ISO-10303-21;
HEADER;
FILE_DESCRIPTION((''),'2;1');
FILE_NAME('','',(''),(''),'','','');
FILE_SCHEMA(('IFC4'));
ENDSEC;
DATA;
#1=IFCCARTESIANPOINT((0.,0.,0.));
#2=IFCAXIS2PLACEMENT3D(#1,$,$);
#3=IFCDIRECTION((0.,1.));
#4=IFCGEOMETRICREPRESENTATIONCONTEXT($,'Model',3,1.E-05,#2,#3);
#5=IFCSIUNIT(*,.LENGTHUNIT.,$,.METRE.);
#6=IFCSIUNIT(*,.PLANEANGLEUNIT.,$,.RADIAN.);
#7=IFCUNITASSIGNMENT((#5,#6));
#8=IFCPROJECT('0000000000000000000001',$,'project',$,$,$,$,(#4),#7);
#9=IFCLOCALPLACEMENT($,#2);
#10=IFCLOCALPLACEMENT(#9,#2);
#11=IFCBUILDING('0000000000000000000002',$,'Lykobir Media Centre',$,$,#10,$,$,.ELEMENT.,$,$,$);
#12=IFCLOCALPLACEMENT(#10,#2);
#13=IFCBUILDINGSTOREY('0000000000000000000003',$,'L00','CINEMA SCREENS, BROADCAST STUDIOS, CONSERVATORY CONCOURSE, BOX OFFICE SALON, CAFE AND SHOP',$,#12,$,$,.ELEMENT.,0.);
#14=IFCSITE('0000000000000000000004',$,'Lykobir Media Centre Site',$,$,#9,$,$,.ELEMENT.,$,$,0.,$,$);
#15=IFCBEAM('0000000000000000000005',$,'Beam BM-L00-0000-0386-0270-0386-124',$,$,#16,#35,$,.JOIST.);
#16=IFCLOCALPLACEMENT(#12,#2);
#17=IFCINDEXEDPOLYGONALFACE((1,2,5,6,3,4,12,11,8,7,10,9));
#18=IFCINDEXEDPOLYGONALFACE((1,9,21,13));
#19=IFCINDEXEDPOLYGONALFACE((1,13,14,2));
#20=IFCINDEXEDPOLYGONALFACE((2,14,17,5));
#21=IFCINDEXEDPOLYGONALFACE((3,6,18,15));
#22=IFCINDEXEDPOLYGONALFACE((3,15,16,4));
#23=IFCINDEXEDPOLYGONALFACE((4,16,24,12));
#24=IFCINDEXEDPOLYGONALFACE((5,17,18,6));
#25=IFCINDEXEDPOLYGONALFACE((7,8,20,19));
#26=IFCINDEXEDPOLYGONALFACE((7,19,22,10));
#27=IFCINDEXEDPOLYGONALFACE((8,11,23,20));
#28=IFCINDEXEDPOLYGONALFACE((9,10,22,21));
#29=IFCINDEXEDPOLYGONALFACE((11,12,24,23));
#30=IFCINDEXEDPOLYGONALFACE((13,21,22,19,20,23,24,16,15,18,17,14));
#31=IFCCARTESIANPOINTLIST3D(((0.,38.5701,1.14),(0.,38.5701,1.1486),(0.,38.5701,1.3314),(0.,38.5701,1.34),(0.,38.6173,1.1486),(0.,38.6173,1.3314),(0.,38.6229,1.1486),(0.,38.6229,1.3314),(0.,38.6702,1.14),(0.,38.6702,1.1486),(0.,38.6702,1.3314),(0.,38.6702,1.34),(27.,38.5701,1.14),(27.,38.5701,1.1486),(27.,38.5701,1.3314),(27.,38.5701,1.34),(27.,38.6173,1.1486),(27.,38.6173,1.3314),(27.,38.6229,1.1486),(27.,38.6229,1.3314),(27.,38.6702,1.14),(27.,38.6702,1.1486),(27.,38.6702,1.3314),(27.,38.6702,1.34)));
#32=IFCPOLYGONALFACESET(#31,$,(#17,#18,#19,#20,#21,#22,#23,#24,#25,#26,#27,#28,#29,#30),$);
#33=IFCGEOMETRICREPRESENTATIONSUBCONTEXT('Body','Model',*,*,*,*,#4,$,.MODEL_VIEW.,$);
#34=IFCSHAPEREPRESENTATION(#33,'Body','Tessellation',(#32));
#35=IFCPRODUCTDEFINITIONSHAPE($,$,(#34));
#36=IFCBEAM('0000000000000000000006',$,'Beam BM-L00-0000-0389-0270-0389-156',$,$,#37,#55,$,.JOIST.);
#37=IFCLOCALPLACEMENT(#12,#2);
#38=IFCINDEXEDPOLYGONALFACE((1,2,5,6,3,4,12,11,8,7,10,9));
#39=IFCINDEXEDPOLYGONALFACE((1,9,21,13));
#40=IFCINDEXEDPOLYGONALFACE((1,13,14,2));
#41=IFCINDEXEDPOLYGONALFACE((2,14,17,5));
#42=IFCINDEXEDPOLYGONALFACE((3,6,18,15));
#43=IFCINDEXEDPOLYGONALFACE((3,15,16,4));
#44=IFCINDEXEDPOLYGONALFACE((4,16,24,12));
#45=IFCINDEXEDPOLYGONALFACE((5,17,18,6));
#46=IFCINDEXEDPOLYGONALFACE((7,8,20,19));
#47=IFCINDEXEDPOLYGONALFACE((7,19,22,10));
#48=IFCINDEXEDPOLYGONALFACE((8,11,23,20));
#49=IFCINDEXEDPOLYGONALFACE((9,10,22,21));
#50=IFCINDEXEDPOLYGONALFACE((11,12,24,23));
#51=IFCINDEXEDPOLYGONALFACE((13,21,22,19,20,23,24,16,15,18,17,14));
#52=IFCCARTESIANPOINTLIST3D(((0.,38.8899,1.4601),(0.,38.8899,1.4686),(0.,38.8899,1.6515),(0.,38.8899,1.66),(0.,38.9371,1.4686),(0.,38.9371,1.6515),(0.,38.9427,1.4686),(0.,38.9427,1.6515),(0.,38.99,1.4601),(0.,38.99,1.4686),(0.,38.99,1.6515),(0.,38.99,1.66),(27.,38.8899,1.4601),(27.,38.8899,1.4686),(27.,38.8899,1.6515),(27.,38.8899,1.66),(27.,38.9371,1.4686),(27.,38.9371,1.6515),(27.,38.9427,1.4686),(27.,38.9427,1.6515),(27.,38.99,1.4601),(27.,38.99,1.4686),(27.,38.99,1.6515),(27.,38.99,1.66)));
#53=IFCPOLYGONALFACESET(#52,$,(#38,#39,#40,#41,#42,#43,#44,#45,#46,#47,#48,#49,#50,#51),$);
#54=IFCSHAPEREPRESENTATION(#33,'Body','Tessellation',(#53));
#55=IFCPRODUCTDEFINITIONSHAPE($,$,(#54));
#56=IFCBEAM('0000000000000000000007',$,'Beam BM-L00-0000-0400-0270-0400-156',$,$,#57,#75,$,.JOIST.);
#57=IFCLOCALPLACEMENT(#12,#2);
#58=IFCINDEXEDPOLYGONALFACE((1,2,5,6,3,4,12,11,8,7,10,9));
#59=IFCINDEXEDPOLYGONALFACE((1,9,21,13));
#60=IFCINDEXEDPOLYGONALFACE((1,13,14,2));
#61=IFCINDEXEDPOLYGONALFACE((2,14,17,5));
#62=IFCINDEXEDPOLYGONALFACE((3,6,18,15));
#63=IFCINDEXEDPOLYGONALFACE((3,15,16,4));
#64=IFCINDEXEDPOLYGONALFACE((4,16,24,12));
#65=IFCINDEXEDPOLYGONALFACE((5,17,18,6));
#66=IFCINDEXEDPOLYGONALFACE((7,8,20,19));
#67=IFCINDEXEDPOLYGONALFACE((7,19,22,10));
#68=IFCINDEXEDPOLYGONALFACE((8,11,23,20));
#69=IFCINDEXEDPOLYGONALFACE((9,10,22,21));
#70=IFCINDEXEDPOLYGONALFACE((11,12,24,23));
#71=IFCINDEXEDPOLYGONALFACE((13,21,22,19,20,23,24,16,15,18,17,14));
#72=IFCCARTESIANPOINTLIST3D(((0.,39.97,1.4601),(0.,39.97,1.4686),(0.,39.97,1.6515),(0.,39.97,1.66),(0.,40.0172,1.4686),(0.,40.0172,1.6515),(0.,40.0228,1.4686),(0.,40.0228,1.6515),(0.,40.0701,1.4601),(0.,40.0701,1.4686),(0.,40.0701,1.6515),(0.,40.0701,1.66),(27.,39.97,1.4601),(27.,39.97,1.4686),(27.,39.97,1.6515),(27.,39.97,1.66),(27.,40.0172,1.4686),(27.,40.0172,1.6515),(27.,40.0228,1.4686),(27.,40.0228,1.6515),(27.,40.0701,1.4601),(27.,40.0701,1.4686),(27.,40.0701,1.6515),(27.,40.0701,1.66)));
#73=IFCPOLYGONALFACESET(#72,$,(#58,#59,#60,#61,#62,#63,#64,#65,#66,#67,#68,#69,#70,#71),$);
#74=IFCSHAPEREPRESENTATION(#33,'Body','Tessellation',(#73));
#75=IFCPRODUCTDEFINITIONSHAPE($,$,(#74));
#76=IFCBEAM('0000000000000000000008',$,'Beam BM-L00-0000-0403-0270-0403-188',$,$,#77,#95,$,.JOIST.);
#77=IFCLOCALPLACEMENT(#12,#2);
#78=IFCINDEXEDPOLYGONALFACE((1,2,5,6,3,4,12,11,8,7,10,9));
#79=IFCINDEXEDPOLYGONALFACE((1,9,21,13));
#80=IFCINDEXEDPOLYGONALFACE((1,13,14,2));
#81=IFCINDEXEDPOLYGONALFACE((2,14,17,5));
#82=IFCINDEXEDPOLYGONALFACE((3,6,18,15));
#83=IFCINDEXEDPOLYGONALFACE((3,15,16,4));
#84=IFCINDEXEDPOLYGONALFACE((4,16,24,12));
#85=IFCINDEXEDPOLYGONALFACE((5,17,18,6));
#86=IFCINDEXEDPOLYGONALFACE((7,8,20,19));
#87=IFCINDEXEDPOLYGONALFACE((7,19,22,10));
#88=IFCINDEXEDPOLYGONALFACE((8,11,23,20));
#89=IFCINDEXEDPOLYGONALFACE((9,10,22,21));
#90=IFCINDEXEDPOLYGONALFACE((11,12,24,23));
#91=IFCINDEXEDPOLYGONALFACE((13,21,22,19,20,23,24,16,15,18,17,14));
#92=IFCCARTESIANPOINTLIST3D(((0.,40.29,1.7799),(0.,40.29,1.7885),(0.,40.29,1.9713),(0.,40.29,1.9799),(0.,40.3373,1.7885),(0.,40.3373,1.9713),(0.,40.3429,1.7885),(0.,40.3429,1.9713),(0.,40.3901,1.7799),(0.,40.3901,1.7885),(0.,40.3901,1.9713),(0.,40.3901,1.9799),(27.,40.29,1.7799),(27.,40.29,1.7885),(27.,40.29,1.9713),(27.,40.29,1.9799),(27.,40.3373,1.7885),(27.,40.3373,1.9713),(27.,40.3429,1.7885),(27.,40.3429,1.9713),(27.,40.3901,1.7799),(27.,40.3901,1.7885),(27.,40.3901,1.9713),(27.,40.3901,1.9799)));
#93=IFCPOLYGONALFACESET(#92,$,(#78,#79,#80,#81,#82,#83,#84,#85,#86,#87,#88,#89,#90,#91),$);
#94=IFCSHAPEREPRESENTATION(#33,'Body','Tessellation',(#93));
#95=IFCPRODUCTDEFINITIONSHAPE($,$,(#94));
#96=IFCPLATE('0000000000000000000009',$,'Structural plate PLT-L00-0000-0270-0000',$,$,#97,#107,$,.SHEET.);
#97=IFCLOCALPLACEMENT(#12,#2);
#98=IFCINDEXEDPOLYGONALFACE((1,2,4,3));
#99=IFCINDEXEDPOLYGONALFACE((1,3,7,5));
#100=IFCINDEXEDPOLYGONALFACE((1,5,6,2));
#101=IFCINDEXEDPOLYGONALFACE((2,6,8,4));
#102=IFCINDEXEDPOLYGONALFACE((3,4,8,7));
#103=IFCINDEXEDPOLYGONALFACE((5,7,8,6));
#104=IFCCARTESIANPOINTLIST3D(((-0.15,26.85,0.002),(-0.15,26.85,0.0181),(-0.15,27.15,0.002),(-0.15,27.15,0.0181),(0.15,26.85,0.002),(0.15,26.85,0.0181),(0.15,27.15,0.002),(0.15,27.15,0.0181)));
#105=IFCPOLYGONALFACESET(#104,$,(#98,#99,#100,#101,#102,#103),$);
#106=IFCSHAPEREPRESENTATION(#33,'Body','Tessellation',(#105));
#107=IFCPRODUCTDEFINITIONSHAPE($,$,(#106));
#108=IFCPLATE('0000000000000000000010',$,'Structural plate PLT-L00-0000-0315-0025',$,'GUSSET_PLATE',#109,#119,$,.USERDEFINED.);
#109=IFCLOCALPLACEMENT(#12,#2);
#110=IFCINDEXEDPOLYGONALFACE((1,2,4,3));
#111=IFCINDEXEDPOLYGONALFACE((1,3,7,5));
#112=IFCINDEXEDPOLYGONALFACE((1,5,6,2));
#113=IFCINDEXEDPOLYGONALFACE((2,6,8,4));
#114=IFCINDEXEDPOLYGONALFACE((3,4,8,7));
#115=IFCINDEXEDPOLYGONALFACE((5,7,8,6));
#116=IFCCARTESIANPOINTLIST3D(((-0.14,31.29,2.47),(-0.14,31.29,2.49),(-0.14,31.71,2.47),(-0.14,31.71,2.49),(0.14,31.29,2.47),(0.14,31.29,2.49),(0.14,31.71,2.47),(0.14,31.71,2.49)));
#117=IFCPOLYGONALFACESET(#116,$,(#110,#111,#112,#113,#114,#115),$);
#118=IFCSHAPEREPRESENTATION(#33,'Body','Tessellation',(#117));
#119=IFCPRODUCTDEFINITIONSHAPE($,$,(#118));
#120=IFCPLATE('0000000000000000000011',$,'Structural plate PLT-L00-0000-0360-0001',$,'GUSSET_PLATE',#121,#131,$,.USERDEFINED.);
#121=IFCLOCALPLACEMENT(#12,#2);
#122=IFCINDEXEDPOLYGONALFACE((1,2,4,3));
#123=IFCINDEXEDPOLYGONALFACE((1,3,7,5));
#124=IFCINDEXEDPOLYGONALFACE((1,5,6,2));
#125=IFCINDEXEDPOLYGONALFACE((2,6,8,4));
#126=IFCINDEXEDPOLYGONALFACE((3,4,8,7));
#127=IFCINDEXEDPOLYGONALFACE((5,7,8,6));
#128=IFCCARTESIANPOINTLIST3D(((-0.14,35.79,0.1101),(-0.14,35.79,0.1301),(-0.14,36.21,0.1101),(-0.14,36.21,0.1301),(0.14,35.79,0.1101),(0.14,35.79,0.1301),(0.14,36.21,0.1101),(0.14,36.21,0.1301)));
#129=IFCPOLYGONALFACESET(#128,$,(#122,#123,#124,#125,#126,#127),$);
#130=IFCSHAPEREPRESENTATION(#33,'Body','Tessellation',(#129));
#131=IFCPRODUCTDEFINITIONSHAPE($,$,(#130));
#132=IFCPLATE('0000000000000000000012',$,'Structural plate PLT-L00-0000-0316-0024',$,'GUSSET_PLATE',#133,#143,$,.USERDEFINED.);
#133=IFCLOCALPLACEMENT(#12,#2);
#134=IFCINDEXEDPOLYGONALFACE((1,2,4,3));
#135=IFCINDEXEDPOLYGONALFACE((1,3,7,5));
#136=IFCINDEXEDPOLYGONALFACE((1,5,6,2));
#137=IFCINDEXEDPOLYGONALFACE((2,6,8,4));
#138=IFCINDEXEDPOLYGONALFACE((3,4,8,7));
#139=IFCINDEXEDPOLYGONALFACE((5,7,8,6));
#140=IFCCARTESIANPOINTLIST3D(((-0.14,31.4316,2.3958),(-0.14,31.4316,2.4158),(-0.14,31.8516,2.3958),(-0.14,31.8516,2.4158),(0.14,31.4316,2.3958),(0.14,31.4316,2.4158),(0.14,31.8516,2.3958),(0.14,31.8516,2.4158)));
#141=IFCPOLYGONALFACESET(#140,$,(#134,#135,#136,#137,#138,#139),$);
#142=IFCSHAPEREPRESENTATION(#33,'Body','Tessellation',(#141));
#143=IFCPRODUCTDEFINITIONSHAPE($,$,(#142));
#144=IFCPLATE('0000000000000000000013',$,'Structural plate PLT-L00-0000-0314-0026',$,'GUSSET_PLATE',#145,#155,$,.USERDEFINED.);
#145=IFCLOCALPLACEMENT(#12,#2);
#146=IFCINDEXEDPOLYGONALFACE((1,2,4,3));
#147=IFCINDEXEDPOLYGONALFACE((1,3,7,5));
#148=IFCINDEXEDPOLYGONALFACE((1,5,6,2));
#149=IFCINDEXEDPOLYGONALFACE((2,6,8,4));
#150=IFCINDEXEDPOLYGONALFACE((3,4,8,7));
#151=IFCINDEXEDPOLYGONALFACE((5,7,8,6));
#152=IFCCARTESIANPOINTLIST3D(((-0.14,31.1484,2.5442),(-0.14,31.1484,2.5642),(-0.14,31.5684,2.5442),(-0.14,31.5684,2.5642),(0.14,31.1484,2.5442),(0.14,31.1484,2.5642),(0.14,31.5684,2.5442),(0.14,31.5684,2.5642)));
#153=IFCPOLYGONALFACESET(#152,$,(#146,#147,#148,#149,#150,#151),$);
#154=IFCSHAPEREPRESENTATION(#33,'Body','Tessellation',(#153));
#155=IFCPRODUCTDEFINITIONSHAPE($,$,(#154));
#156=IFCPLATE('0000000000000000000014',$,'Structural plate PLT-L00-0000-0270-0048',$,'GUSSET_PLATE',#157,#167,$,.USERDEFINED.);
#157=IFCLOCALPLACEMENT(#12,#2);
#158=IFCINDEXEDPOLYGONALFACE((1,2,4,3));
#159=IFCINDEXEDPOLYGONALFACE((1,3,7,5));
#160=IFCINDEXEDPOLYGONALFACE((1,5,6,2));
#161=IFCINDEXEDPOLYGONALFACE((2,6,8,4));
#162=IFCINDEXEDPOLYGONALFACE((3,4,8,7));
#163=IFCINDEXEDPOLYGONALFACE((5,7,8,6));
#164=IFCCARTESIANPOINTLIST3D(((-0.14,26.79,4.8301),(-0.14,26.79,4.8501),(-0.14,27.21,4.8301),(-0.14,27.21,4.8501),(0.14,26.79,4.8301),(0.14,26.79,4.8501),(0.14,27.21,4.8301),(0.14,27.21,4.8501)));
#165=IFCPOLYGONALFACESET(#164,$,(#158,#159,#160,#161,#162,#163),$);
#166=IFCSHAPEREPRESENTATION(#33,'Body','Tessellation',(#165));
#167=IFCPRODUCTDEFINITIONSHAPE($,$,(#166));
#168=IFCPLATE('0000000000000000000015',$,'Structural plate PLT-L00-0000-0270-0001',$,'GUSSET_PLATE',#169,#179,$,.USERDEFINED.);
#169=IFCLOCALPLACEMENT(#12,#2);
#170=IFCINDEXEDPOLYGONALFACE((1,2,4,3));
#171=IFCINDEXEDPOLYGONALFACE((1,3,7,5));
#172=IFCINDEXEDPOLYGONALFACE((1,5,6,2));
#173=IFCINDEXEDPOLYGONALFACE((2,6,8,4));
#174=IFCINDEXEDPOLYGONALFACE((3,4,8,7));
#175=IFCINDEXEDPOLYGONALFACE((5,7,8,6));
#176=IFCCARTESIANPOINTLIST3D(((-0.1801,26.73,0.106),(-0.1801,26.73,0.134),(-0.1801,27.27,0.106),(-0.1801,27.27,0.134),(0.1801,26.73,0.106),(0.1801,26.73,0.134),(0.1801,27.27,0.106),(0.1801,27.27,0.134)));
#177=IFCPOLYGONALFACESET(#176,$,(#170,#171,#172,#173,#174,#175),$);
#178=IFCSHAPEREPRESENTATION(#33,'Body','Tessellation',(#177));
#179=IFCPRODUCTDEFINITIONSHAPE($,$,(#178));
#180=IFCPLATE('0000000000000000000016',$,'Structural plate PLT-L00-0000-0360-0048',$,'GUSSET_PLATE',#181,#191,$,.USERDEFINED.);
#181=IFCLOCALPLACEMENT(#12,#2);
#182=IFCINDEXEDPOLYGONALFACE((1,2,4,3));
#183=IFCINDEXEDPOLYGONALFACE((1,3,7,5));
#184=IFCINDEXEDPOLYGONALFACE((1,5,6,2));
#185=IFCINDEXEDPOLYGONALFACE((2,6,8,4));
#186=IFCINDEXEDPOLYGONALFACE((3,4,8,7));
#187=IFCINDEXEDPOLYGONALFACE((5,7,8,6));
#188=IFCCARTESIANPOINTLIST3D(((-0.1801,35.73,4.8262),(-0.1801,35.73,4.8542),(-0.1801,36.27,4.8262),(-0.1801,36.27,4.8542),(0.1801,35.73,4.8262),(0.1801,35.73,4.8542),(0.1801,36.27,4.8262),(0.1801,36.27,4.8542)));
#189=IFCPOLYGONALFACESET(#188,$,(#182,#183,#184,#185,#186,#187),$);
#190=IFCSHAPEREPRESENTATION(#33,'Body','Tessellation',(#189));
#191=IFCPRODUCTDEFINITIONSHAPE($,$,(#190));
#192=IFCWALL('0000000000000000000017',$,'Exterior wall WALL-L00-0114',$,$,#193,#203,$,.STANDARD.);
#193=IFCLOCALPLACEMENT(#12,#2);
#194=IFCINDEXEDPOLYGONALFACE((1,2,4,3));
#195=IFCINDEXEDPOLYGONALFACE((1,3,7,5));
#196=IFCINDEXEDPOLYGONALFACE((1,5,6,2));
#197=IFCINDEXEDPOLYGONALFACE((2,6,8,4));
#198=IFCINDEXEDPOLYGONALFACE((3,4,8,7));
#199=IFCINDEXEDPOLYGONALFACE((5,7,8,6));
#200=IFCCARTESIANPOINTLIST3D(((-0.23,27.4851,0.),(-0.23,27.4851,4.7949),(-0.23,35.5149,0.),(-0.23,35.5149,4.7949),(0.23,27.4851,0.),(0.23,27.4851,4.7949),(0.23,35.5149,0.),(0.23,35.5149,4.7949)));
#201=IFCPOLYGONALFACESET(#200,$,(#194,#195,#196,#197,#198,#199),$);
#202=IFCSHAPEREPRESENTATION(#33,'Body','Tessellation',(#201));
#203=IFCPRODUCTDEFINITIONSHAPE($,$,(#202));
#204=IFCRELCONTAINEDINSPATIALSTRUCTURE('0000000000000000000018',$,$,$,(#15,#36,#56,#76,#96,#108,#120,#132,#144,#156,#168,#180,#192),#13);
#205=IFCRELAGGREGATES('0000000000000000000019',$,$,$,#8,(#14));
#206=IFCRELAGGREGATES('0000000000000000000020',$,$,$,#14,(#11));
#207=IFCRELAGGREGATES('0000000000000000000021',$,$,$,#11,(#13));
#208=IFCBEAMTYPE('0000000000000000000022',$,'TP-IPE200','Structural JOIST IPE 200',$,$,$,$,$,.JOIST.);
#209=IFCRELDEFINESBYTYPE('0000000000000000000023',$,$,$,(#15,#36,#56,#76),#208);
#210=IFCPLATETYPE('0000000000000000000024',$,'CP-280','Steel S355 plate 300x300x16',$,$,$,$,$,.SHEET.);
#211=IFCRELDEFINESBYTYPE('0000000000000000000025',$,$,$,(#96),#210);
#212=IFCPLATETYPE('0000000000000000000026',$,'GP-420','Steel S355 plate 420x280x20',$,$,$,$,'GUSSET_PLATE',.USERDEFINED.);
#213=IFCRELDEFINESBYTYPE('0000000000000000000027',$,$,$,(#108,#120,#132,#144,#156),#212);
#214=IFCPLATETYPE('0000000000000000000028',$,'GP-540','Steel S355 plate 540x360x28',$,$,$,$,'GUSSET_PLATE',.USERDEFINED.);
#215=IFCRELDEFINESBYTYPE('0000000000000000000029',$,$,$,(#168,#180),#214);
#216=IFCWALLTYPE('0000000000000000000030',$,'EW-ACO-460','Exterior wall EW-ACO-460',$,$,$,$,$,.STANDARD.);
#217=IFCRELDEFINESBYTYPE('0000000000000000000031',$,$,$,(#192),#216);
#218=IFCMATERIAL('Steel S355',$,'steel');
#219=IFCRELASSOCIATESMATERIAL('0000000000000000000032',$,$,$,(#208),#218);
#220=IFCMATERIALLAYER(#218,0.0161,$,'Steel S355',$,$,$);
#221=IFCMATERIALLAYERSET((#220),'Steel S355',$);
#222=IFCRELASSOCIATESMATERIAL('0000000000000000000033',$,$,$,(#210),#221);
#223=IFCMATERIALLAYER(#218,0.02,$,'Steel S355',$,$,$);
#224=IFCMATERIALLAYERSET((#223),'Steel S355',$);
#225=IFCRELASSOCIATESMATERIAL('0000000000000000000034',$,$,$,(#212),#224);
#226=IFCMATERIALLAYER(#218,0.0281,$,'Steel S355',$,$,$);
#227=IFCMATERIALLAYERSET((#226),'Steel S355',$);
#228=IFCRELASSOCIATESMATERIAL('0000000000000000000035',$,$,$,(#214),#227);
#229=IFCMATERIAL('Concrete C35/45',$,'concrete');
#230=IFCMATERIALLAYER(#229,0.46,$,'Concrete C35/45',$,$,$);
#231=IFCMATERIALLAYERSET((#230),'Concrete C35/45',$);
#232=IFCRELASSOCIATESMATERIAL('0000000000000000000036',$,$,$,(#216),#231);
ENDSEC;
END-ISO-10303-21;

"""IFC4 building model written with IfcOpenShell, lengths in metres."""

from ifc_helpers import new_model, si_unit, direction, frame, frame_2d, origin, origin_2d, place, context, subcontext, project, spatial, rectangle, i_section, extrude, material, layer, layer_set, material_profile, profile_set, type_object, element, save


model = new_model("IFC4")

# Units and contexts
model_context = context("Model", 3, precision=1e-05, world=origin(), true_north=direction((0.0, 1.0)))
body_context = subcontext(model_context, "Body", "Model", "MODEL_VIEW")
ifc_project = project(units=[si_unit("LENGTHUNIT", "METRE"), si_unit("PLANEANGLEUNIT", "RADIAN")], contexts=[model_context])

# Site, building, storey
site_placement = place(None, origin())
site = spatial("IfcSite", under=ifc_project, at=site_placement, Name="Lykobir Media Centre Site", CompositionType="ELEMENT", RefElevation=0.0)
building_placement = place(site_placement, origin())
building = spatial("IfcBuilding", under=site, at=building_placement, Name="Lykobir Media Centre", CompositionType="ELEMENT")
storey_placement = place(building_placement, origin())
storey = spatial("IfcBuildingStorey", under=building, at=storey_placement, Name="L00", Description="CINEMA SCREENS, BROADCAST STUDIOS, CONSERVATORY CONCOURSE, BOX OFFICE SALON, CAFE AND SHOP", CompositionType="ELEMENT", Elevation=0.0)

# Shared definitions
ifc_material_1 = material(Name="Steel S355", Category="steel")

# Beams
ifc_material_profile_1 = material_profile(ifc_material_1, i_section(OverallWidth=0.1001, OverallDepth=0.2, WebThickness=0.0056, FlangeThickness=0.0085, at=origin_2d()), Name="IPE 200")
ifc_profile_set_1 = profile_set([ifc_material_profile_1], Name="Steel S355")
beam_type_1 = type_object("IfcBeamType", Name="TP-IPE200", Description="Structural JOIST IPE 200", PredefinedType="JOIST", material=ifc_profile_set_1)
for number, where, z_axis, x_axis, name in (
    (1, (0.0, 38.6201, 1.24), (1.0, 0.0, 0.0), (0.0, 1.0, 0.0), "Beam BM-L00-0000-0386-0270-0386-124"),
    (2, (0.0, 38.9399, 1.5601), (1.0, 0.0, 0.0), (0.0, 1.0, 0.0), "Beam BM-L00-0000-0389-0270-0389-156"),
    (3, (0.0, 40.02, 1.5601), (1.0, 0.0, 0.0), (0.0, 1.0, 0.0), "Beam BM-L00-0000-0400-0270-0400-156"),
    (4, (0.0, 40.3401, 1.8799), (1.0, 0.0, 0.0), (0.0, 1.0, 0.0), "Beam BM-L00-0000-0403-0270-0403-188"),
):
    element("IfcBeam", number, at=place(storey_placement, frame(where, z_axis=z_axis, x_axis=x_axis)), inside=storey, type_object=beam_type_1, Name=name, PredefinedType="JOIST", context=body_context, shape_type="SweptSolid", body=[
        extrude(i_section(OverallWidth=0.1001, OverallDepth=0.2, WebThickness=0.0056, FlangeThickness=0.0085, at=origin_2d()), origin(), (0.0, 0.0, 1.0), 27.0),
    ])

# Plates
ifc_layer_1 = layer(ifc_material_1, 0.0161, Name="Steel S355")
ifc_layer_set_1 = layer_set([ifc_layer_1], Name="Steel S355")
plate_type_1 = type_object("IfcPlateType", Name="CP-280", Description="Steel S355 plate 300x300x16", PredefinedType="SHEET", material=ifc_layer_set_1)
plate_placement = place(storey_placement, frame((0.0, 27.0, 0.002), z_axis=(0.0, 0.0, 1.0), x_axis=(0.0, 1.0, 0.0)))
element("IfcPlate", 5, at=plate_placement, inside=storey, type_object=plate_type_1, Name="Structural plate PLT-L00-0000-0270-0000", PredefinedType="SHEET", context=body_context, shape_type="SweptSolid", body=[
    extrude(rectangle(XDim=0.3, YDim=0.3, at=origin_2d()), origin(), (0.0, 0.0, 1.0), 0.0161),
])
ifc_layer_2 = layer(ifc_material_1, 0.02, Name="Steel S355")
ifc_layer_set_2 = layer_set([ifc_layer_2], Name="Steel S355")
plate_type_2 = type_object("IfcPlateType", Name="GP-420", Description="Steel S355 plate 420x280x20", ElementType="GUSSET_PLATE", PredefinedType="USERDEFINED", material=ifc_layer_set_2)
for number, where, z_axis, x_axis, name in (
    (6, (0.0, 31.5, 2.47), (0.0, 0.0, 1.0), (0.0, 1.0, 0.0), "Structural plate PLT-L00-0000-0315-0025"),
    (7, (0.0, 36.0, 0.1101), (0.0, 0.0, 1.0), (0.0, 1.0, 0.0), "Structural plate PLT-L00-0000-0360-0001"),
    (8, (0.0, 31.6416, 2.3958), (0.0, 0.0, 1.0), (0.0, 1.0, 0.0), "Structural plate PLT-L00-0000-0316-0024"),
    (9, (0.0, 31.3584, 2.5442), (0.0, 0.0, 1.0), (0.0, 1.0, 0.0), "Structural plate PLT-L00-0000-0314-0026"),
    (10, (0.0, 27.0, 4.8301), (0.0, 0.0, 1.0), (0.0, 1.0, 0.0), "Structural plate PLT-L00-0000-0270-0048"),
):
    element("IfcPlate", number, at=place(storey_placement, frame(where, z_axis=z_axis, x_axis=x_axis)), inside=storey, type_object=plate_type_2, Name=name, ObjectType="GUSSET_PLATE", PredefinedType="USERDEFINED", context=body_context, shape_type="SweptSolid", body=[
        extrude(rectangle(XDim=0.4199, YDim=0.28, at=origin_2d()), origin(), (0.0, 0.0, 1.0), 0.02),
    ])
ifc_layer_3 = layer(ifc_material_1, 0.0281, Name="Steel S355")
ifc_layer_set_3 = layer_set([ifc_layer_3], Name="Steel S355")
plate_type_3 = type_object("IfcPlateType", Name="GP-540", Description="Steel S355 plate 540x360x28", ElementType="GUSSET_PLATE", PredefinedType="USERDEFINED", material=ifc_layer_set_3)
for number, where, z_axis, x_axis, name in (
    (11, (0.0, 27.0, 0.106), (0.0, 0.0, 1.0), (0.0, 1.0, 0.0), "Structural plate PLT-L00-0000-0270-0001"),
    (12, (0.0, 36.0, 4.8262), (0.0, 0.0, 1.0), (0.0, 1.0, 0.0), "Structural plate PLT-L00-0000-0360-0048"),
):
    element("IfcPlate", number, at=place(storey_placement, frame(where, z_axis=z_axis, x_axis=x_axis)), inside=storey, type_object=plate_type_3, Name=name, ObjectType="GUSSET_PLATE", PredefinedType="USERDEFINED", context=body_context, shape_type="SweptSolid", body=[
        extrude(rectangle(XDim=0.54, YDim=0.3601, at=origin_2d()), origin(), (0.0, 0.0, 1.0), 0.0281),
    ])

# Wall
ifc_material_2 = material(Name="Concrete C35/45", Category="concrete")
ifc_layer_4 = layer(ifc_material_2, 0.46, Name="Concrete C35/45")
ifc_layer_set_4 = layer_set([ifc_layer_4], Name="Concrete C35/45")
wall_type = type_object("IfcWallType", Name="EW-ACO-460", Description="Exterior wall EW-ACO-460", PredefinedType="STANDARD", material=ifc_layer_set_4)
wall_placement = place(storey_placement, frame((0.0, 35.5149, 0.0), z_axis=(0.0, 0.0, 1.0), x_axis=(0.0, -1.0, 0.0)))
element("IfcWall", 13, at=wall_placement, inside=storey, type_object=wall_type, Name="Exterior wall WALL-L00-0114", PredefinedType="STANDARD", context=body_context, shape_type="SweptSolid", body=[
    extrude(rectangle(XDim=8.0298, YDim=0.46, at=frame_2d((4.0149, 0.0))), origin(), (0.0, 0.0, 1.0), 4.7949),
])

save(model, "model.ifc")
